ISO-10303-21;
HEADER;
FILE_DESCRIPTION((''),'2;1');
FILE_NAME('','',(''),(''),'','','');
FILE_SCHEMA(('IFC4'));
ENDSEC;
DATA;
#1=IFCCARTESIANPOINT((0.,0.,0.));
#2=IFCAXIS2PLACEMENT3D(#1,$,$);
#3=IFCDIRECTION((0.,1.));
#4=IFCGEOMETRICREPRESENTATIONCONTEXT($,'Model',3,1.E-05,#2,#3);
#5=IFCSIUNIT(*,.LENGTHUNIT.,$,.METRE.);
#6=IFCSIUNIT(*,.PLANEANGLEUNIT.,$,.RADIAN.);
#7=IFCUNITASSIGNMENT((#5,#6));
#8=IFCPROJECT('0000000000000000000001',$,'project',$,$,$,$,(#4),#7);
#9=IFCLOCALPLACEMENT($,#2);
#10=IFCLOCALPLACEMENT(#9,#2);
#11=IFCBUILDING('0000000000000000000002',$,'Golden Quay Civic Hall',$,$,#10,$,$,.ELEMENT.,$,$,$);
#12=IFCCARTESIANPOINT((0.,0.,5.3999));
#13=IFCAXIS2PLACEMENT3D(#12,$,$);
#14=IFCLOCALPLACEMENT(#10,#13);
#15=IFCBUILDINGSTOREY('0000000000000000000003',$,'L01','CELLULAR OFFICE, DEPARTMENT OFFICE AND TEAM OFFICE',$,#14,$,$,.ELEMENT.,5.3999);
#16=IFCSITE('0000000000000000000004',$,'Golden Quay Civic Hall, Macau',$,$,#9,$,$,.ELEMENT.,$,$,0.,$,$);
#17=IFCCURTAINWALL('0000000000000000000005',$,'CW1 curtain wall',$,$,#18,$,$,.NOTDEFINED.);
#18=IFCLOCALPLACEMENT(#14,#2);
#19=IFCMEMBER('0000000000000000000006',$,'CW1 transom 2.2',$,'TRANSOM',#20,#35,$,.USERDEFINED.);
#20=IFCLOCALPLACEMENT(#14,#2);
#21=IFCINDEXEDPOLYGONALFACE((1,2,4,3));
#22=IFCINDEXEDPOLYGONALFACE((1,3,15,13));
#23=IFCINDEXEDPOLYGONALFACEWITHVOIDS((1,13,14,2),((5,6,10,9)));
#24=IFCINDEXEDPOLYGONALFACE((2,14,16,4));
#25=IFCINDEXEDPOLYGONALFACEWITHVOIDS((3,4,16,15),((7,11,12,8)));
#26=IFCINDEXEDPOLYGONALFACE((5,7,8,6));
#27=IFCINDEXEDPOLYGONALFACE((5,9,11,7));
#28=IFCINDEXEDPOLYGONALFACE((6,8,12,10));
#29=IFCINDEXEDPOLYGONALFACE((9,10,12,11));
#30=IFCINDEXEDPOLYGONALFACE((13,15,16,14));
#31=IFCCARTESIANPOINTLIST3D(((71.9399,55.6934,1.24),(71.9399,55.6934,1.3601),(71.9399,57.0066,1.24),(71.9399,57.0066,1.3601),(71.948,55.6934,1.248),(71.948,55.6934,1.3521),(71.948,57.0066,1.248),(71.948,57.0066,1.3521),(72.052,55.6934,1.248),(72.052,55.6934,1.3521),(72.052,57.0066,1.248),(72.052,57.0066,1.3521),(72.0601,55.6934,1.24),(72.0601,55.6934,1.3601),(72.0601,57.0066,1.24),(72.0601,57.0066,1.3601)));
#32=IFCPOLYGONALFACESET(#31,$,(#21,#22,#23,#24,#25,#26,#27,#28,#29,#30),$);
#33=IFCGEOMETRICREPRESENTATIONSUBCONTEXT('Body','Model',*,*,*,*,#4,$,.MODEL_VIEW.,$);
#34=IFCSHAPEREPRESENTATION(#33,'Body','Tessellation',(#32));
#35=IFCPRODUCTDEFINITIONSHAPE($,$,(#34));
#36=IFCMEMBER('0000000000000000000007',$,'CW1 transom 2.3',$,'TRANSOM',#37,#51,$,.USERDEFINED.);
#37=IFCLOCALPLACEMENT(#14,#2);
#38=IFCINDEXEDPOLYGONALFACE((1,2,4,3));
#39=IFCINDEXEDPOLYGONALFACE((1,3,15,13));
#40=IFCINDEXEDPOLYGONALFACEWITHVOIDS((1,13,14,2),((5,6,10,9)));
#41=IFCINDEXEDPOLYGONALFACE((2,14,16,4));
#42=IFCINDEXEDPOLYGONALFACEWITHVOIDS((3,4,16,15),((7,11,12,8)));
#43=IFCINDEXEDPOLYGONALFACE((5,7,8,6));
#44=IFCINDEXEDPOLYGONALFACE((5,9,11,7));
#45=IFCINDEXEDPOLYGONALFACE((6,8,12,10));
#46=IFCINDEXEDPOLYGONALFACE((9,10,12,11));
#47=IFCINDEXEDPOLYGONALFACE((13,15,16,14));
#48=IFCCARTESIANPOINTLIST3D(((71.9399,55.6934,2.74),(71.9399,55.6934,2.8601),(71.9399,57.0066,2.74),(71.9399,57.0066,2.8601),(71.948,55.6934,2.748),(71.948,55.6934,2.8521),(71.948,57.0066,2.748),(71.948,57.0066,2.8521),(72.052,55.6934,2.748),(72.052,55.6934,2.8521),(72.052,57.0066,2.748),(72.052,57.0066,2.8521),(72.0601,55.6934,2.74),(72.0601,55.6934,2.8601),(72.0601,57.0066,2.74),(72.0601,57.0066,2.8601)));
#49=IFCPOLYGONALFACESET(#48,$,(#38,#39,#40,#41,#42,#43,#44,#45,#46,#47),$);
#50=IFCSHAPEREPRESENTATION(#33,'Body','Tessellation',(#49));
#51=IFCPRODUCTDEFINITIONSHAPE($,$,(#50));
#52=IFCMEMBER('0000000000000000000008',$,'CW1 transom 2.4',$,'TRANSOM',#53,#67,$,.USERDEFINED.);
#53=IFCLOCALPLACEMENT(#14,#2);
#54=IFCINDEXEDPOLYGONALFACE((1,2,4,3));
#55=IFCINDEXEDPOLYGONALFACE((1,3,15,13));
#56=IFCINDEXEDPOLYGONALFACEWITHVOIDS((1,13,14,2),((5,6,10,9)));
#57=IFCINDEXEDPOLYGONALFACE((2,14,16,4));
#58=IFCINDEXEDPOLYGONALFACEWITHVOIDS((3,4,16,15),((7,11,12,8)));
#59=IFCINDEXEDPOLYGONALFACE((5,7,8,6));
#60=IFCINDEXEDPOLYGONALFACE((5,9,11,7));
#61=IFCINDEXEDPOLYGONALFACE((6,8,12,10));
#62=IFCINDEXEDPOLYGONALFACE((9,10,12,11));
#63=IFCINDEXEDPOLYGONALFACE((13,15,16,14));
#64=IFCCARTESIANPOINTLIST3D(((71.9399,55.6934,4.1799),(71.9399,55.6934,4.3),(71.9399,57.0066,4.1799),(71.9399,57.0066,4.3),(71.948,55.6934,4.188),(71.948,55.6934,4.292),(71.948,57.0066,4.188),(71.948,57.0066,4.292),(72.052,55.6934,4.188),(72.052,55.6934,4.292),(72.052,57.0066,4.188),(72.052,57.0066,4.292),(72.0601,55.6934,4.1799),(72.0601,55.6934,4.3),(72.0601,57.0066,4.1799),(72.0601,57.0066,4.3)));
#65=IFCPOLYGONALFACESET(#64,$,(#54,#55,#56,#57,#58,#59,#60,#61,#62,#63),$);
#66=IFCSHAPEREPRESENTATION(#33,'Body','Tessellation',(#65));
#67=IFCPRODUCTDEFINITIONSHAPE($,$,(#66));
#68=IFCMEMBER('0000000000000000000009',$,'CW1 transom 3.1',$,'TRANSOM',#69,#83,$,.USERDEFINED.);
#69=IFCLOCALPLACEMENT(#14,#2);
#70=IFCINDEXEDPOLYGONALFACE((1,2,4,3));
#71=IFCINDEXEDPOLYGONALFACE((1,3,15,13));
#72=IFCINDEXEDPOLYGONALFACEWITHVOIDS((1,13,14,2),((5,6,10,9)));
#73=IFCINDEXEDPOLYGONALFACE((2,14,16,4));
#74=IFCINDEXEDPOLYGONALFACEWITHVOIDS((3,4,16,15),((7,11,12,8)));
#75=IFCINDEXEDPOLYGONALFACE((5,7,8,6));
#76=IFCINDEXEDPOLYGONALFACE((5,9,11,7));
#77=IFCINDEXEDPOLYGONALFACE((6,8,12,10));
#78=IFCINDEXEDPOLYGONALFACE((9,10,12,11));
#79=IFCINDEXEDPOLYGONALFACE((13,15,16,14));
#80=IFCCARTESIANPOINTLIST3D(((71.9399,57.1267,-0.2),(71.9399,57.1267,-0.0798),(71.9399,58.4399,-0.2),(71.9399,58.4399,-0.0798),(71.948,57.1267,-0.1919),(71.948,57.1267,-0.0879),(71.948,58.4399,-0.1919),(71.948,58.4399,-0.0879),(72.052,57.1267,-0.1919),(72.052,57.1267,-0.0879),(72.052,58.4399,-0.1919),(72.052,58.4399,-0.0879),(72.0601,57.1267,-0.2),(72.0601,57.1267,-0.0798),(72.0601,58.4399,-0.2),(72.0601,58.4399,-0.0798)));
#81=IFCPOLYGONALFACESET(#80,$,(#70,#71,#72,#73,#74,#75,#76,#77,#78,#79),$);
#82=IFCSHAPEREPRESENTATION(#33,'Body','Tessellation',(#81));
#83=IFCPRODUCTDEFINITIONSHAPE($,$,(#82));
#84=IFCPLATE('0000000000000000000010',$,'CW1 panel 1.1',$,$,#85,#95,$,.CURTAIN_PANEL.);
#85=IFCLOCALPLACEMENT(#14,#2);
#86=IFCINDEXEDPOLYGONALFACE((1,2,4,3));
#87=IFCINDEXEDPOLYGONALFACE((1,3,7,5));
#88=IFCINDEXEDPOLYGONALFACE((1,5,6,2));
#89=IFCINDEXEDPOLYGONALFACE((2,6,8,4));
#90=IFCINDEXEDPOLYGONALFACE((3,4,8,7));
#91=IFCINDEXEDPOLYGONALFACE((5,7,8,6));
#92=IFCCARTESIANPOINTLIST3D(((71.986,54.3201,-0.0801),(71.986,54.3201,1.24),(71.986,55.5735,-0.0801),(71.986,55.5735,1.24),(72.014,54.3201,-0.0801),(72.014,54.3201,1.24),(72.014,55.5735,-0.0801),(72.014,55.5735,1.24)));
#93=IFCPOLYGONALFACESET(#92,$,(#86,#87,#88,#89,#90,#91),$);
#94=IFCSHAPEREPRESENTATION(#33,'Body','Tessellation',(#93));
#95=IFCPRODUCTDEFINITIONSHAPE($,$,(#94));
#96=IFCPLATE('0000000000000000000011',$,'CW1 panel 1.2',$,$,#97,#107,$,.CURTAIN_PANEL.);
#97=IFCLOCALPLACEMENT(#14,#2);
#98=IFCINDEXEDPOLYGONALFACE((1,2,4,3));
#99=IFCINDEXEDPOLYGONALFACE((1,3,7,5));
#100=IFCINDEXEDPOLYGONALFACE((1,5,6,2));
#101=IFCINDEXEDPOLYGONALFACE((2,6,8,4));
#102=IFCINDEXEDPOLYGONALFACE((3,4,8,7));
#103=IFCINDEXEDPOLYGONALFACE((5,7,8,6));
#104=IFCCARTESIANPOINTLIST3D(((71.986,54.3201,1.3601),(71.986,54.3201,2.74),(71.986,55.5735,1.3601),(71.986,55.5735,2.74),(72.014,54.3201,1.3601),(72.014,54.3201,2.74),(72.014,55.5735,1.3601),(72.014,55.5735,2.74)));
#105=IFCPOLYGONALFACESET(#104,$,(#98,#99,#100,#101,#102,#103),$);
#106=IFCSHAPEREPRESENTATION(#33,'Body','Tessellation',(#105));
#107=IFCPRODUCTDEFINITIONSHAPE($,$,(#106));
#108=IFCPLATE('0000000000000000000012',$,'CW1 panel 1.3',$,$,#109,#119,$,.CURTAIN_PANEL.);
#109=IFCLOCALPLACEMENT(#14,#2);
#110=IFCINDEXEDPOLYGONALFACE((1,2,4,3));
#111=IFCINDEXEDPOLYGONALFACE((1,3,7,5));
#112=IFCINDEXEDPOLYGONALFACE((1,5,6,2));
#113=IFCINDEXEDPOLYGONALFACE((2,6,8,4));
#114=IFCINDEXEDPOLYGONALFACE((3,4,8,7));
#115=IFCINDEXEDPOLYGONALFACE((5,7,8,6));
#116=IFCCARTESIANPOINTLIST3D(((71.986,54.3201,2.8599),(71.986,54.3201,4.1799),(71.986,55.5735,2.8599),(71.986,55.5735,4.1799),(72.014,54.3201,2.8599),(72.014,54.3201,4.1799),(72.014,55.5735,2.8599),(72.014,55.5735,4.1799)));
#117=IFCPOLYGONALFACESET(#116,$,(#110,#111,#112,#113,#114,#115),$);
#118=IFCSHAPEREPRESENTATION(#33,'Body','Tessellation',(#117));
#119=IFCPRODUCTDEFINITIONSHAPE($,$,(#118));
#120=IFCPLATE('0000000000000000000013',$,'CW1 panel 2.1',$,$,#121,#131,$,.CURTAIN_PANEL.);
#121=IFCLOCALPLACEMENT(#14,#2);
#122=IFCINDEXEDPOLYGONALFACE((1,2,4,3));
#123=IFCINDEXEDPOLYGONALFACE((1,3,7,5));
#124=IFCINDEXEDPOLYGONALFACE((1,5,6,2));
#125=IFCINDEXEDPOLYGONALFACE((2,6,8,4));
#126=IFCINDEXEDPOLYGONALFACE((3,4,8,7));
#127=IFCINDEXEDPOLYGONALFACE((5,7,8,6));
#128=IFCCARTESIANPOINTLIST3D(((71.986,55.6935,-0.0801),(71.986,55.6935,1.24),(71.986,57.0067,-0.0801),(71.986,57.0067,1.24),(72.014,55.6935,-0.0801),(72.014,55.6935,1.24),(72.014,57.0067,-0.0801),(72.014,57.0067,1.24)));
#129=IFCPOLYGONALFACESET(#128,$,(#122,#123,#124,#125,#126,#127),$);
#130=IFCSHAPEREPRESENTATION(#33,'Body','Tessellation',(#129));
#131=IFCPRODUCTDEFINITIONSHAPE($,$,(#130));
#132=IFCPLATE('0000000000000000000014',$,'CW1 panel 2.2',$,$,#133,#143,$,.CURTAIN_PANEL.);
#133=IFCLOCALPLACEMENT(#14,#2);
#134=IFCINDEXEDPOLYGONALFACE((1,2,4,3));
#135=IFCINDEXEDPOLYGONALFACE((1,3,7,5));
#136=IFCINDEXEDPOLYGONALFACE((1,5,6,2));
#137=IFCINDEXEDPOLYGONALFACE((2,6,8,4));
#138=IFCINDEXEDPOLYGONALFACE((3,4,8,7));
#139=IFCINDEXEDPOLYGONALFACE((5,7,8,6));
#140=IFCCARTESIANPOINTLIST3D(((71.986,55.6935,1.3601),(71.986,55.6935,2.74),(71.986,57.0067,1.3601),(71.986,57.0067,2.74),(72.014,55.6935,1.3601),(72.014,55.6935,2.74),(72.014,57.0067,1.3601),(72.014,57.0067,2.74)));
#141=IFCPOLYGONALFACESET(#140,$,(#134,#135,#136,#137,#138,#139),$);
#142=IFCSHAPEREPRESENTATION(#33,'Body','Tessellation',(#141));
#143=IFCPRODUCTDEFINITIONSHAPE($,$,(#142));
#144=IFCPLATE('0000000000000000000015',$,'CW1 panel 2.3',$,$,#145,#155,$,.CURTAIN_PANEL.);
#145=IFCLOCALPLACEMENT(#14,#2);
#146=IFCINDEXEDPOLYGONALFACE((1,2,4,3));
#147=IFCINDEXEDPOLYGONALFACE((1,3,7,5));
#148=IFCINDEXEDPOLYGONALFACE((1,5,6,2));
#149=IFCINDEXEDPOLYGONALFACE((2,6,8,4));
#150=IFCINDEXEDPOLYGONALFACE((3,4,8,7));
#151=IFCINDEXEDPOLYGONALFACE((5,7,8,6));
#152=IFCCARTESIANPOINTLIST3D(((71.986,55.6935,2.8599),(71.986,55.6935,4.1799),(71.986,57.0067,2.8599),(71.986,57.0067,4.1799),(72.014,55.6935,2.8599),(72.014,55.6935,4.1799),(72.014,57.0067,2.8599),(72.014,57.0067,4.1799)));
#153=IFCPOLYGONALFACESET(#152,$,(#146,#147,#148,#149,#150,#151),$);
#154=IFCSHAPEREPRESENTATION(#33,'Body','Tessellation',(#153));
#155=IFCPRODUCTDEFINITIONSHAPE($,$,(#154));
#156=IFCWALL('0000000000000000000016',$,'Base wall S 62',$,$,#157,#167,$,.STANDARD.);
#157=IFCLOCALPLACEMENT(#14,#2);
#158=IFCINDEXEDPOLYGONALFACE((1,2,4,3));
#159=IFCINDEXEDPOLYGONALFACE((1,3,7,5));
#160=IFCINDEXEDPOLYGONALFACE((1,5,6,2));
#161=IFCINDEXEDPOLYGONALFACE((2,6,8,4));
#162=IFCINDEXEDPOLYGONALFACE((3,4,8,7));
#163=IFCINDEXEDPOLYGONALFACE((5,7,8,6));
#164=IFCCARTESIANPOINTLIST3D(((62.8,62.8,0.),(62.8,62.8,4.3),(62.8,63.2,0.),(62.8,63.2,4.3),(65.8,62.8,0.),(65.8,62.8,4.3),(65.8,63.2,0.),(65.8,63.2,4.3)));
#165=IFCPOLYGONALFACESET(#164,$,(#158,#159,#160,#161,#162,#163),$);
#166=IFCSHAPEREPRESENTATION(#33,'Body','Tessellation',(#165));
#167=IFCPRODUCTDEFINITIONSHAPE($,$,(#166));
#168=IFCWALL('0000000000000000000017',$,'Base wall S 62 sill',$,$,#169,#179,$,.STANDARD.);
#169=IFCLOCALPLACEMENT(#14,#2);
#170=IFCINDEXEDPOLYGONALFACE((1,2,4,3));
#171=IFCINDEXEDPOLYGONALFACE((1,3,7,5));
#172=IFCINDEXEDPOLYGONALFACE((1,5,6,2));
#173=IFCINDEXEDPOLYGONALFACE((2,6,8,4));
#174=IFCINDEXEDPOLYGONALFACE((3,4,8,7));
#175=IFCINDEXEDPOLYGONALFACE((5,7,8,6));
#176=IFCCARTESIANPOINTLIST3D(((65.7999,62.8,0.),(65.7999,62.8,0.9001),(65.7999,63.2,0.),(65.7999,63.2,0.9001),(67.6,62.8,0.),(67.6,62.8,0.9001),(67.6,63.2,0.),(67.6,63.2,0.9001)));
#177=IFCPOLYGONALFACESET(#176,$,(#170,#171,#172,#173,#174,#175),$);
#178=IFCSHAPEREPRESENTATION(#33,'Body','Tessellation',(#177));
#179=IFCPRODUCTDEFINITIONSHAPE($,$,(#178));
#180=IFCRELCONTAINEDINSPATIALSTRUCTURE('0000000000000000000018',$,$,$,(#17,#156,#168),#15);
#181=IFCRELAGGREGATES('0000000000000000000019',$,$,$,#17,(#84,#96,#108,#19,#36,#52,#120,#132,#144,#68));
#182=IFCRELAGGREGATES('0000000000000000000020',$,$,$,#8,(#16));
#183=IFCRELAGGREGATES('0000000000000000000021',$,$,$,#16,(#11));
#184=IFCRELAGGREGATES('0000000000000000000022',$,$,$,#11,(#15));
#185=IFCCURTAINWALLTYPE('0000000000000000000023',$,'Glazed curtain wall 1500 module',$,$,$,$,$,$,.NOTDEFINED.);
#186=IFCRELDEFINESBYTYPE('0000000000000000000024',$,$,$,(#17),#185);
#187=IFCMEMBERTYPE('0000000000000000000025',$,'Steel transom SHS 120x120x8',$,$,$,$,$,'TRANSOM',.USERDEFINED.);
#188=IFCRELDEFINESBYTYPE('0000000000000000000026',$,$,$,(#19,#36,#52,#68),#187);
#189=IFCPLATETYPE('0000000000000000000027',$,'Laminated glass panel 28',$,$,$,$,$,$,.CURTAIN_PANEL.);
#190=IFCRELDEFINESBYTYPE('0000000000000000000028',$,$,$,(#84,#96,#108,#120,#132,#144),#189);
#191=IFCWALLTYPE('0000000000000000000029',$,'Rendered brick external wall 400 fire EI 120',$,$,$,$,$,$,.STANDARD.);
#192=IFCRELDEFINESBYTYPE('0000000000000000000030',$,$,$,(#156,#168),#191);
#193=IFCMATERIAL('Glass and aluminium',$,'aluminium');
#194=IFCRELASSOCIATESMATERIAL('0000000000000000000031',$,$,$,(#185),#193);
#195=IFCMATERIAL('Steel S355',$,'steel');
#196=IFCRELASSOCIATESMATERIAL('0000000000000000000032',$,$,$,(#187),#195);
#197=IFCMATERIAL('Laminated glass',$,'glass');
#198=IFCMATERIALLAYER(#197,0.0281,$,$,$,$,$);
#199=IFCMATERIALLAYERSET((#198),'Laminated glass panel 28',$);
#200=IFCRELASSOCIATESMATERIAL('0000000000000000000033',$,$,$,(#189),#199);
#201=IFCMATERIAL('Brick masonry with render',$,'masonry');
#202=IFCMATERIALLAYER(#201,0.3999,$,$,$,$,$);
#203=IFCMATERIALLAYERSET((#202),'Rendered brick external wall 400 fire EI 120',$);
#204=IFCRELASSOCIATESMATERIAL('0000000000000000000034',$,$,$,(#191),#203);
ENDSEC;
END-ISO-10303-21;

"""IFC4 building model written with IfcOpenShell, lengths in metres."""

from ifc_helpers import new_model, si_unit, direction, frame, frame_2d, origin, origin_2d, place, context, subcontext, project, spatial, rectangle, hollow_rectangle, extrude, material, layer, layer_set, material_profile, profile_set, type_object, element, aggregate, save


model = new_model("IFC4")

# Units and contexts
model_context = context("Model", 3, precision=1e-05, world=origin(), true_north=direction((0.0, 1.0)))
body_context = subcontext(model_context, "Body", "Model", "MODEL_VIEW")
ifc_project = project(units=[si_unit("LENGTHUNIT", "METRE"), si_unit("PLANEANGLEUNIT", "RADIAN")], contexts=[model_context])

# Site, building, storey
site_placement = place(None, origin())
site = spatial("IfcSite", under=ifc_project, at=site_placement, Name="Golden Quay Civic Hall, Macau", CompositionType="ELEMENT", RefElevation=0.0)
building_placement = place(site_placement, origin())
building = spatial("IfcBuilding", under=site, at=building_placement, Name="Golden Quay Civic Hall", CompositionType="ELEMENT")
storey_placement = place(building_placement, frame((0.0, 0.0, 5.3999)))
storey = spatial("IfcBuildingStorey", under=building, at=storey_placement, Name="L01", Description="CELLULAR OFFICE, DEPARTMENT OFFICE AND TEAM OFFICE", CompositionType="ELEMENT", Elevation=5.3999)

# Curtain wall, members, plates
ifc_material_1 = material(Name="Glass and aluminium", Category="aluminium")
curtain_wall_type_1 = type_object("IfcCurtainWallType", Name="Glazed curtain wall 1500 module", PredefinedType="NOTDEFINED", material=ifc_material_1)
curtain_wall_1_placement = place(storey_placement, origin())
curtain_wall_1 = element("IfcCurtainWall", 1, at=curtain_wall_1_placement, inside=storey, type_object=curtain_wall_type_1, Name="CW1 curtain wall", PredefinedType="NOTDEFINED")
ifc_material_2 = material(Name="Steel S355", Category="steel")
ifc_material_profile_1 = material_profile(ifc_material_2, hollow_rectangle(XDim=0.1201, YDim=0.1201, WallThickness=0.0081, at=origin_2d()), Name="SHS 120x120x8")
ifc_profile_set_1 = profile_set([ifc_material_profile_1], Name="Steel S355")
member_type_1 = type_object("IfcMemberType", Name="Steel transom SHS 120x120x8", ElementType="TRANSOM", PredefinedType="USERDEFINED", material=ifc_profile_set_1)
member_1_placement = place(storey_placement, frame((72.0, 55.6934, 1.3), z_axis=(0.0, 1.0, 0.0), x_axis=(-1.0, 0.0, 0.0)))
member_1 = element("IfcMember", 2, at=member_1_placement, type_object=member_type_1, Name="CW1 transom 2.2", ObjectType="TRANSOM", PredefinedType="USERDEFINED", context=body_context, shape_type="SweptSolid", body=[
    extrude(hollow_rectangle(XDim=0.1201, YDim=0.1201, WallThickness=0.0081, at=origin_2d()), origin(), (0.0, 0.0, 1.0), 1.3132),
])
member_2_placement = place(storey_placement, frame((72.0, 55.6934, 2.8), z_axis=(0.0, 1.0, 0.0), x_axis=(-1.0, 0.0, 0.0)))
member_2 = element("IfcMember", 3, at=member_2_placement, type_object=member_type_1, Name="CW1 transom 2.3", ObjectType="TRANSOM", PredefinedType="USERDEFINED", context=body_context, shape_type="SweptSolid", body=[
    extrude(hollow_rectangle(XDim=0.1201, YDim=0.1201, WallThickness=0.0081, at=origin_2d()), origin(), (0.0, 0.0, 1.0), 1.3132),
])
member_3_placement = place(storey_placement, frame((72.0, 55.6934, 4.24), z_axis=(0.0, 1.0, 0.0), x_axis=(-1.0, 0.0, 0.0)))
member_3 = element("IfcMember", 4, at=member_3_placement, type_object=member_type_1, Name="CW1 transom 2.4", ObjectType="TRANSOM", PredefinedType="USERDEFINED", context=body_context, shape_type="SweptSolid", body=[
    extrude(hollow_rectangle(XDim=0.1201, YDim=0.1201, WallThickness=0.0081, at=origin_2d()), origin(), (0.0, 0.0, 1.0), 1.3132),
])
member_4_placement = place(storey_placement, frame((72.0, 57.1267, -0.1399), z_axis=(0.0, 1.0, 0.0), x_axis=(-1.0, 0.0, 0.0)))
member_4 = element("IfcMember", 5, at=member_4_placement, type_object=member_type_1, Name="CW1 transom 3.1", ObjectType="TRANSOM", PredefinedType="USERDEFINED", context=body_context, shape_type="SweptSolid", body=[
    extrude(hollow_rectangle(XDim=0.1201, YDim=0.1201, WallThickness=0.0081, at=origin_2d()), origin(), (0.0, 0.0, 1.0), 1.3132),
])
ifc_material_3 = material(Name="Laminated glass", Category="glass")
ifc_layer_1 = layer(ifc_material_3, 0.0281)
ifc_layer_set_1 = layer_set([ifc_layer_1], Name="Laminated glass panel 28")
plate_type = type_object("IfcPlateType", Name="Laminated glass panel 28", PredefinedType="CURTAIN_PANEL", material=ifc_layer_set_1)
plate_1_placement = place(storey_placement, frame((72.0, 54.9468, -0.0801), z_axis=(0.0, 0.0, 1.0), x_axis=(0.0, 1.0, 0.0)))
plate_1 = element("IfcPlate", 6, at=plate_1_placement, type_object=plate_type, Name="CW1 panel 1.1", PredefinedType="CURTAIN_PANEL", context=body_context, shape_type="SweptSolid", body=[
    extrude(rectangle(XDim=1.2534, YDim=0.0281, at=origin_2d()), origin(), (0.0, 0.0, 1.0), 1.3201),
])
plate_2_placement = place(storey_placement, frame((72.0, 54.9468, 1.3601), z_axis=(0.0, 0.0, 1.0), x_axis=(0.0, 1.0, 0.0)))
plate_2 = element("IfcPlate", 7, at=plate_2_placement, type_object=plate_type, Name="CW1 panel 1.2", PredefinedType="CURTAIN_PANEL", context=body_context, shape_type="SweptSolid", body=[
    extrude(rectangle(XDim=1.2534, YDim=0.0281, at=origin_2d()), origin(), (0.0, 0.0, 1.0), 1.3799),
])
plate_3_placement = place(storey_placement, frame((72.0, 54.9468, 2.8599), z_axis=(0.0, 0.0, 1.0), x_axis=(0.0, 1.0, 0.0)))
plate_3 = element("IfcPlate", 8, at=plate_3_placement, type_object=plate_type, Name="CW1 panel 1.3", PredefinedType="CURTAIN_PANEL", context=body_context, shape_type="SweptSolid", body=[
    extrude(rectangle(XDim=1.2534, YDim=0.0281, at=origin_2d()), origin(), (0.0, 0.0, 1.0), 1.3201),
])
plate_4_placement = place(storey_placement, frame((72.0, 56.3501, -0.0801), z_axis=(0.0, 0.0, 1.0), x_axis=(0.0, 1.0, 0.0)))
plate_4 = element("IfcPlate", 9, at=plate_4_placement, type_object=plate_type, Name="CW1 panel 2.1", PredefinedType="CURTAIN_PANEL", context=body_context, shape_type="SweptSolid", body=[
    extrude(rectangle(XDim=1.3132, YDim=0.0281, at=origin_2d()), origin(), (0.0, 0.0, 1.0), 1.3201),
])
plate_5_placement = place(storey_placement, frame((72.0, 56.3501, 1.3601), z_axis=(0.0, 0.0, 1.0), x_axis=(0.0, 1.0, 0.0)))
plate_5 = element("IfcPlate", 10, at=plate_5_placement, type_object=plate_type, Name="CW1 panel 2.2", PredefinedType="CURTAIN_PANEL", context=body_context, shape_type="SweptSolid", body=[
    extrude(rectangle(XDim=1.3132, YDim=0.0281, at=origin_2d()), origin(), (0.0, 0.0, 1.0), 1.3799),
])
plate_6_placement = place(storey_placement, frame((72.0, 56.3501, 2.8599), z_axis=(0.0, 0.0, 1.0), x_axis=(0.0, 1.0, 0.0)))
plate_6 = element("IfcPlate", 11, at=plate_6_placement, type_object=plate_type, Name="CW1 panel 2.3", PredefinedType="CURTAIN_PANEL", context=body_context, shape_type="SweptSolid", body=[
    extrude(rectangle(XDim=1.3132, YDim=0.0281, at=origin_2d()), origin(), (0.0, 0.0, 1.0), 1.3201),
])
aggregate(curtain_wall_1, [plate_1, plate_2, plate_3, member_1, member_2, member_3, plate_4, plate_5, plate_6, member_4])

# Walls
ifc_material_4 = material(Name="Brick masonry with render", Category="masonry")
ifc_layer_2 = layer(ifc_material_4, 0.3999)
ifc_layer_set_2 = layer_set([ifc_layer_2], Name="Rendered brick external wall 400 fire EI 120")
wall_type = type_object("IfcWallType", Name="Rendered brick external wall 400 fire EI 120", PredefinedType="STANDARD", material=ifc_layer_set_2)
wall_1_placement = place(storey_placement, frame((62.8, 63.0, 0.0), z_axis=(0.0, 0.0, 1.0), x_axis=(1.0, 0.0, 0.0)))
element("IfcWall", 12, at=wall_1_placement, inside=storey, type_object=wall_type, Name="Base wall S 62", PredefinedType="STANDARD", context=body_context, shape_type="SweptSolid", body=[
    extrude(rectangle(XDim=3.0, YDim=0.3999, at=frame_2d((1.5, 0.0))), origin(), (0.0, 0.0, 1.0), 4.3),
])
wall_2_placement = place(storey_placement, frame((65.8, 63.0, 0.0), z_axis=(0.0, 0.0, 1.0), x_axis=(1.0, 0.0, 0.0)))
element("IfcWall", 13, at=wall_2_placement, inside=storey, type_object=wall_type, Name="Base wall S 62 sill", PredefinedType="STANDARD", context=body_context, shape_type="SweptSolid", body=[
    extrude(rectangle(XDim=1.8, YDim=0.3999, at=frame_2d((0.8999, 0.0))), origin(), (0.0, 0.0, 1.0), 0.9001),
])

save(model, "model.ifc")
